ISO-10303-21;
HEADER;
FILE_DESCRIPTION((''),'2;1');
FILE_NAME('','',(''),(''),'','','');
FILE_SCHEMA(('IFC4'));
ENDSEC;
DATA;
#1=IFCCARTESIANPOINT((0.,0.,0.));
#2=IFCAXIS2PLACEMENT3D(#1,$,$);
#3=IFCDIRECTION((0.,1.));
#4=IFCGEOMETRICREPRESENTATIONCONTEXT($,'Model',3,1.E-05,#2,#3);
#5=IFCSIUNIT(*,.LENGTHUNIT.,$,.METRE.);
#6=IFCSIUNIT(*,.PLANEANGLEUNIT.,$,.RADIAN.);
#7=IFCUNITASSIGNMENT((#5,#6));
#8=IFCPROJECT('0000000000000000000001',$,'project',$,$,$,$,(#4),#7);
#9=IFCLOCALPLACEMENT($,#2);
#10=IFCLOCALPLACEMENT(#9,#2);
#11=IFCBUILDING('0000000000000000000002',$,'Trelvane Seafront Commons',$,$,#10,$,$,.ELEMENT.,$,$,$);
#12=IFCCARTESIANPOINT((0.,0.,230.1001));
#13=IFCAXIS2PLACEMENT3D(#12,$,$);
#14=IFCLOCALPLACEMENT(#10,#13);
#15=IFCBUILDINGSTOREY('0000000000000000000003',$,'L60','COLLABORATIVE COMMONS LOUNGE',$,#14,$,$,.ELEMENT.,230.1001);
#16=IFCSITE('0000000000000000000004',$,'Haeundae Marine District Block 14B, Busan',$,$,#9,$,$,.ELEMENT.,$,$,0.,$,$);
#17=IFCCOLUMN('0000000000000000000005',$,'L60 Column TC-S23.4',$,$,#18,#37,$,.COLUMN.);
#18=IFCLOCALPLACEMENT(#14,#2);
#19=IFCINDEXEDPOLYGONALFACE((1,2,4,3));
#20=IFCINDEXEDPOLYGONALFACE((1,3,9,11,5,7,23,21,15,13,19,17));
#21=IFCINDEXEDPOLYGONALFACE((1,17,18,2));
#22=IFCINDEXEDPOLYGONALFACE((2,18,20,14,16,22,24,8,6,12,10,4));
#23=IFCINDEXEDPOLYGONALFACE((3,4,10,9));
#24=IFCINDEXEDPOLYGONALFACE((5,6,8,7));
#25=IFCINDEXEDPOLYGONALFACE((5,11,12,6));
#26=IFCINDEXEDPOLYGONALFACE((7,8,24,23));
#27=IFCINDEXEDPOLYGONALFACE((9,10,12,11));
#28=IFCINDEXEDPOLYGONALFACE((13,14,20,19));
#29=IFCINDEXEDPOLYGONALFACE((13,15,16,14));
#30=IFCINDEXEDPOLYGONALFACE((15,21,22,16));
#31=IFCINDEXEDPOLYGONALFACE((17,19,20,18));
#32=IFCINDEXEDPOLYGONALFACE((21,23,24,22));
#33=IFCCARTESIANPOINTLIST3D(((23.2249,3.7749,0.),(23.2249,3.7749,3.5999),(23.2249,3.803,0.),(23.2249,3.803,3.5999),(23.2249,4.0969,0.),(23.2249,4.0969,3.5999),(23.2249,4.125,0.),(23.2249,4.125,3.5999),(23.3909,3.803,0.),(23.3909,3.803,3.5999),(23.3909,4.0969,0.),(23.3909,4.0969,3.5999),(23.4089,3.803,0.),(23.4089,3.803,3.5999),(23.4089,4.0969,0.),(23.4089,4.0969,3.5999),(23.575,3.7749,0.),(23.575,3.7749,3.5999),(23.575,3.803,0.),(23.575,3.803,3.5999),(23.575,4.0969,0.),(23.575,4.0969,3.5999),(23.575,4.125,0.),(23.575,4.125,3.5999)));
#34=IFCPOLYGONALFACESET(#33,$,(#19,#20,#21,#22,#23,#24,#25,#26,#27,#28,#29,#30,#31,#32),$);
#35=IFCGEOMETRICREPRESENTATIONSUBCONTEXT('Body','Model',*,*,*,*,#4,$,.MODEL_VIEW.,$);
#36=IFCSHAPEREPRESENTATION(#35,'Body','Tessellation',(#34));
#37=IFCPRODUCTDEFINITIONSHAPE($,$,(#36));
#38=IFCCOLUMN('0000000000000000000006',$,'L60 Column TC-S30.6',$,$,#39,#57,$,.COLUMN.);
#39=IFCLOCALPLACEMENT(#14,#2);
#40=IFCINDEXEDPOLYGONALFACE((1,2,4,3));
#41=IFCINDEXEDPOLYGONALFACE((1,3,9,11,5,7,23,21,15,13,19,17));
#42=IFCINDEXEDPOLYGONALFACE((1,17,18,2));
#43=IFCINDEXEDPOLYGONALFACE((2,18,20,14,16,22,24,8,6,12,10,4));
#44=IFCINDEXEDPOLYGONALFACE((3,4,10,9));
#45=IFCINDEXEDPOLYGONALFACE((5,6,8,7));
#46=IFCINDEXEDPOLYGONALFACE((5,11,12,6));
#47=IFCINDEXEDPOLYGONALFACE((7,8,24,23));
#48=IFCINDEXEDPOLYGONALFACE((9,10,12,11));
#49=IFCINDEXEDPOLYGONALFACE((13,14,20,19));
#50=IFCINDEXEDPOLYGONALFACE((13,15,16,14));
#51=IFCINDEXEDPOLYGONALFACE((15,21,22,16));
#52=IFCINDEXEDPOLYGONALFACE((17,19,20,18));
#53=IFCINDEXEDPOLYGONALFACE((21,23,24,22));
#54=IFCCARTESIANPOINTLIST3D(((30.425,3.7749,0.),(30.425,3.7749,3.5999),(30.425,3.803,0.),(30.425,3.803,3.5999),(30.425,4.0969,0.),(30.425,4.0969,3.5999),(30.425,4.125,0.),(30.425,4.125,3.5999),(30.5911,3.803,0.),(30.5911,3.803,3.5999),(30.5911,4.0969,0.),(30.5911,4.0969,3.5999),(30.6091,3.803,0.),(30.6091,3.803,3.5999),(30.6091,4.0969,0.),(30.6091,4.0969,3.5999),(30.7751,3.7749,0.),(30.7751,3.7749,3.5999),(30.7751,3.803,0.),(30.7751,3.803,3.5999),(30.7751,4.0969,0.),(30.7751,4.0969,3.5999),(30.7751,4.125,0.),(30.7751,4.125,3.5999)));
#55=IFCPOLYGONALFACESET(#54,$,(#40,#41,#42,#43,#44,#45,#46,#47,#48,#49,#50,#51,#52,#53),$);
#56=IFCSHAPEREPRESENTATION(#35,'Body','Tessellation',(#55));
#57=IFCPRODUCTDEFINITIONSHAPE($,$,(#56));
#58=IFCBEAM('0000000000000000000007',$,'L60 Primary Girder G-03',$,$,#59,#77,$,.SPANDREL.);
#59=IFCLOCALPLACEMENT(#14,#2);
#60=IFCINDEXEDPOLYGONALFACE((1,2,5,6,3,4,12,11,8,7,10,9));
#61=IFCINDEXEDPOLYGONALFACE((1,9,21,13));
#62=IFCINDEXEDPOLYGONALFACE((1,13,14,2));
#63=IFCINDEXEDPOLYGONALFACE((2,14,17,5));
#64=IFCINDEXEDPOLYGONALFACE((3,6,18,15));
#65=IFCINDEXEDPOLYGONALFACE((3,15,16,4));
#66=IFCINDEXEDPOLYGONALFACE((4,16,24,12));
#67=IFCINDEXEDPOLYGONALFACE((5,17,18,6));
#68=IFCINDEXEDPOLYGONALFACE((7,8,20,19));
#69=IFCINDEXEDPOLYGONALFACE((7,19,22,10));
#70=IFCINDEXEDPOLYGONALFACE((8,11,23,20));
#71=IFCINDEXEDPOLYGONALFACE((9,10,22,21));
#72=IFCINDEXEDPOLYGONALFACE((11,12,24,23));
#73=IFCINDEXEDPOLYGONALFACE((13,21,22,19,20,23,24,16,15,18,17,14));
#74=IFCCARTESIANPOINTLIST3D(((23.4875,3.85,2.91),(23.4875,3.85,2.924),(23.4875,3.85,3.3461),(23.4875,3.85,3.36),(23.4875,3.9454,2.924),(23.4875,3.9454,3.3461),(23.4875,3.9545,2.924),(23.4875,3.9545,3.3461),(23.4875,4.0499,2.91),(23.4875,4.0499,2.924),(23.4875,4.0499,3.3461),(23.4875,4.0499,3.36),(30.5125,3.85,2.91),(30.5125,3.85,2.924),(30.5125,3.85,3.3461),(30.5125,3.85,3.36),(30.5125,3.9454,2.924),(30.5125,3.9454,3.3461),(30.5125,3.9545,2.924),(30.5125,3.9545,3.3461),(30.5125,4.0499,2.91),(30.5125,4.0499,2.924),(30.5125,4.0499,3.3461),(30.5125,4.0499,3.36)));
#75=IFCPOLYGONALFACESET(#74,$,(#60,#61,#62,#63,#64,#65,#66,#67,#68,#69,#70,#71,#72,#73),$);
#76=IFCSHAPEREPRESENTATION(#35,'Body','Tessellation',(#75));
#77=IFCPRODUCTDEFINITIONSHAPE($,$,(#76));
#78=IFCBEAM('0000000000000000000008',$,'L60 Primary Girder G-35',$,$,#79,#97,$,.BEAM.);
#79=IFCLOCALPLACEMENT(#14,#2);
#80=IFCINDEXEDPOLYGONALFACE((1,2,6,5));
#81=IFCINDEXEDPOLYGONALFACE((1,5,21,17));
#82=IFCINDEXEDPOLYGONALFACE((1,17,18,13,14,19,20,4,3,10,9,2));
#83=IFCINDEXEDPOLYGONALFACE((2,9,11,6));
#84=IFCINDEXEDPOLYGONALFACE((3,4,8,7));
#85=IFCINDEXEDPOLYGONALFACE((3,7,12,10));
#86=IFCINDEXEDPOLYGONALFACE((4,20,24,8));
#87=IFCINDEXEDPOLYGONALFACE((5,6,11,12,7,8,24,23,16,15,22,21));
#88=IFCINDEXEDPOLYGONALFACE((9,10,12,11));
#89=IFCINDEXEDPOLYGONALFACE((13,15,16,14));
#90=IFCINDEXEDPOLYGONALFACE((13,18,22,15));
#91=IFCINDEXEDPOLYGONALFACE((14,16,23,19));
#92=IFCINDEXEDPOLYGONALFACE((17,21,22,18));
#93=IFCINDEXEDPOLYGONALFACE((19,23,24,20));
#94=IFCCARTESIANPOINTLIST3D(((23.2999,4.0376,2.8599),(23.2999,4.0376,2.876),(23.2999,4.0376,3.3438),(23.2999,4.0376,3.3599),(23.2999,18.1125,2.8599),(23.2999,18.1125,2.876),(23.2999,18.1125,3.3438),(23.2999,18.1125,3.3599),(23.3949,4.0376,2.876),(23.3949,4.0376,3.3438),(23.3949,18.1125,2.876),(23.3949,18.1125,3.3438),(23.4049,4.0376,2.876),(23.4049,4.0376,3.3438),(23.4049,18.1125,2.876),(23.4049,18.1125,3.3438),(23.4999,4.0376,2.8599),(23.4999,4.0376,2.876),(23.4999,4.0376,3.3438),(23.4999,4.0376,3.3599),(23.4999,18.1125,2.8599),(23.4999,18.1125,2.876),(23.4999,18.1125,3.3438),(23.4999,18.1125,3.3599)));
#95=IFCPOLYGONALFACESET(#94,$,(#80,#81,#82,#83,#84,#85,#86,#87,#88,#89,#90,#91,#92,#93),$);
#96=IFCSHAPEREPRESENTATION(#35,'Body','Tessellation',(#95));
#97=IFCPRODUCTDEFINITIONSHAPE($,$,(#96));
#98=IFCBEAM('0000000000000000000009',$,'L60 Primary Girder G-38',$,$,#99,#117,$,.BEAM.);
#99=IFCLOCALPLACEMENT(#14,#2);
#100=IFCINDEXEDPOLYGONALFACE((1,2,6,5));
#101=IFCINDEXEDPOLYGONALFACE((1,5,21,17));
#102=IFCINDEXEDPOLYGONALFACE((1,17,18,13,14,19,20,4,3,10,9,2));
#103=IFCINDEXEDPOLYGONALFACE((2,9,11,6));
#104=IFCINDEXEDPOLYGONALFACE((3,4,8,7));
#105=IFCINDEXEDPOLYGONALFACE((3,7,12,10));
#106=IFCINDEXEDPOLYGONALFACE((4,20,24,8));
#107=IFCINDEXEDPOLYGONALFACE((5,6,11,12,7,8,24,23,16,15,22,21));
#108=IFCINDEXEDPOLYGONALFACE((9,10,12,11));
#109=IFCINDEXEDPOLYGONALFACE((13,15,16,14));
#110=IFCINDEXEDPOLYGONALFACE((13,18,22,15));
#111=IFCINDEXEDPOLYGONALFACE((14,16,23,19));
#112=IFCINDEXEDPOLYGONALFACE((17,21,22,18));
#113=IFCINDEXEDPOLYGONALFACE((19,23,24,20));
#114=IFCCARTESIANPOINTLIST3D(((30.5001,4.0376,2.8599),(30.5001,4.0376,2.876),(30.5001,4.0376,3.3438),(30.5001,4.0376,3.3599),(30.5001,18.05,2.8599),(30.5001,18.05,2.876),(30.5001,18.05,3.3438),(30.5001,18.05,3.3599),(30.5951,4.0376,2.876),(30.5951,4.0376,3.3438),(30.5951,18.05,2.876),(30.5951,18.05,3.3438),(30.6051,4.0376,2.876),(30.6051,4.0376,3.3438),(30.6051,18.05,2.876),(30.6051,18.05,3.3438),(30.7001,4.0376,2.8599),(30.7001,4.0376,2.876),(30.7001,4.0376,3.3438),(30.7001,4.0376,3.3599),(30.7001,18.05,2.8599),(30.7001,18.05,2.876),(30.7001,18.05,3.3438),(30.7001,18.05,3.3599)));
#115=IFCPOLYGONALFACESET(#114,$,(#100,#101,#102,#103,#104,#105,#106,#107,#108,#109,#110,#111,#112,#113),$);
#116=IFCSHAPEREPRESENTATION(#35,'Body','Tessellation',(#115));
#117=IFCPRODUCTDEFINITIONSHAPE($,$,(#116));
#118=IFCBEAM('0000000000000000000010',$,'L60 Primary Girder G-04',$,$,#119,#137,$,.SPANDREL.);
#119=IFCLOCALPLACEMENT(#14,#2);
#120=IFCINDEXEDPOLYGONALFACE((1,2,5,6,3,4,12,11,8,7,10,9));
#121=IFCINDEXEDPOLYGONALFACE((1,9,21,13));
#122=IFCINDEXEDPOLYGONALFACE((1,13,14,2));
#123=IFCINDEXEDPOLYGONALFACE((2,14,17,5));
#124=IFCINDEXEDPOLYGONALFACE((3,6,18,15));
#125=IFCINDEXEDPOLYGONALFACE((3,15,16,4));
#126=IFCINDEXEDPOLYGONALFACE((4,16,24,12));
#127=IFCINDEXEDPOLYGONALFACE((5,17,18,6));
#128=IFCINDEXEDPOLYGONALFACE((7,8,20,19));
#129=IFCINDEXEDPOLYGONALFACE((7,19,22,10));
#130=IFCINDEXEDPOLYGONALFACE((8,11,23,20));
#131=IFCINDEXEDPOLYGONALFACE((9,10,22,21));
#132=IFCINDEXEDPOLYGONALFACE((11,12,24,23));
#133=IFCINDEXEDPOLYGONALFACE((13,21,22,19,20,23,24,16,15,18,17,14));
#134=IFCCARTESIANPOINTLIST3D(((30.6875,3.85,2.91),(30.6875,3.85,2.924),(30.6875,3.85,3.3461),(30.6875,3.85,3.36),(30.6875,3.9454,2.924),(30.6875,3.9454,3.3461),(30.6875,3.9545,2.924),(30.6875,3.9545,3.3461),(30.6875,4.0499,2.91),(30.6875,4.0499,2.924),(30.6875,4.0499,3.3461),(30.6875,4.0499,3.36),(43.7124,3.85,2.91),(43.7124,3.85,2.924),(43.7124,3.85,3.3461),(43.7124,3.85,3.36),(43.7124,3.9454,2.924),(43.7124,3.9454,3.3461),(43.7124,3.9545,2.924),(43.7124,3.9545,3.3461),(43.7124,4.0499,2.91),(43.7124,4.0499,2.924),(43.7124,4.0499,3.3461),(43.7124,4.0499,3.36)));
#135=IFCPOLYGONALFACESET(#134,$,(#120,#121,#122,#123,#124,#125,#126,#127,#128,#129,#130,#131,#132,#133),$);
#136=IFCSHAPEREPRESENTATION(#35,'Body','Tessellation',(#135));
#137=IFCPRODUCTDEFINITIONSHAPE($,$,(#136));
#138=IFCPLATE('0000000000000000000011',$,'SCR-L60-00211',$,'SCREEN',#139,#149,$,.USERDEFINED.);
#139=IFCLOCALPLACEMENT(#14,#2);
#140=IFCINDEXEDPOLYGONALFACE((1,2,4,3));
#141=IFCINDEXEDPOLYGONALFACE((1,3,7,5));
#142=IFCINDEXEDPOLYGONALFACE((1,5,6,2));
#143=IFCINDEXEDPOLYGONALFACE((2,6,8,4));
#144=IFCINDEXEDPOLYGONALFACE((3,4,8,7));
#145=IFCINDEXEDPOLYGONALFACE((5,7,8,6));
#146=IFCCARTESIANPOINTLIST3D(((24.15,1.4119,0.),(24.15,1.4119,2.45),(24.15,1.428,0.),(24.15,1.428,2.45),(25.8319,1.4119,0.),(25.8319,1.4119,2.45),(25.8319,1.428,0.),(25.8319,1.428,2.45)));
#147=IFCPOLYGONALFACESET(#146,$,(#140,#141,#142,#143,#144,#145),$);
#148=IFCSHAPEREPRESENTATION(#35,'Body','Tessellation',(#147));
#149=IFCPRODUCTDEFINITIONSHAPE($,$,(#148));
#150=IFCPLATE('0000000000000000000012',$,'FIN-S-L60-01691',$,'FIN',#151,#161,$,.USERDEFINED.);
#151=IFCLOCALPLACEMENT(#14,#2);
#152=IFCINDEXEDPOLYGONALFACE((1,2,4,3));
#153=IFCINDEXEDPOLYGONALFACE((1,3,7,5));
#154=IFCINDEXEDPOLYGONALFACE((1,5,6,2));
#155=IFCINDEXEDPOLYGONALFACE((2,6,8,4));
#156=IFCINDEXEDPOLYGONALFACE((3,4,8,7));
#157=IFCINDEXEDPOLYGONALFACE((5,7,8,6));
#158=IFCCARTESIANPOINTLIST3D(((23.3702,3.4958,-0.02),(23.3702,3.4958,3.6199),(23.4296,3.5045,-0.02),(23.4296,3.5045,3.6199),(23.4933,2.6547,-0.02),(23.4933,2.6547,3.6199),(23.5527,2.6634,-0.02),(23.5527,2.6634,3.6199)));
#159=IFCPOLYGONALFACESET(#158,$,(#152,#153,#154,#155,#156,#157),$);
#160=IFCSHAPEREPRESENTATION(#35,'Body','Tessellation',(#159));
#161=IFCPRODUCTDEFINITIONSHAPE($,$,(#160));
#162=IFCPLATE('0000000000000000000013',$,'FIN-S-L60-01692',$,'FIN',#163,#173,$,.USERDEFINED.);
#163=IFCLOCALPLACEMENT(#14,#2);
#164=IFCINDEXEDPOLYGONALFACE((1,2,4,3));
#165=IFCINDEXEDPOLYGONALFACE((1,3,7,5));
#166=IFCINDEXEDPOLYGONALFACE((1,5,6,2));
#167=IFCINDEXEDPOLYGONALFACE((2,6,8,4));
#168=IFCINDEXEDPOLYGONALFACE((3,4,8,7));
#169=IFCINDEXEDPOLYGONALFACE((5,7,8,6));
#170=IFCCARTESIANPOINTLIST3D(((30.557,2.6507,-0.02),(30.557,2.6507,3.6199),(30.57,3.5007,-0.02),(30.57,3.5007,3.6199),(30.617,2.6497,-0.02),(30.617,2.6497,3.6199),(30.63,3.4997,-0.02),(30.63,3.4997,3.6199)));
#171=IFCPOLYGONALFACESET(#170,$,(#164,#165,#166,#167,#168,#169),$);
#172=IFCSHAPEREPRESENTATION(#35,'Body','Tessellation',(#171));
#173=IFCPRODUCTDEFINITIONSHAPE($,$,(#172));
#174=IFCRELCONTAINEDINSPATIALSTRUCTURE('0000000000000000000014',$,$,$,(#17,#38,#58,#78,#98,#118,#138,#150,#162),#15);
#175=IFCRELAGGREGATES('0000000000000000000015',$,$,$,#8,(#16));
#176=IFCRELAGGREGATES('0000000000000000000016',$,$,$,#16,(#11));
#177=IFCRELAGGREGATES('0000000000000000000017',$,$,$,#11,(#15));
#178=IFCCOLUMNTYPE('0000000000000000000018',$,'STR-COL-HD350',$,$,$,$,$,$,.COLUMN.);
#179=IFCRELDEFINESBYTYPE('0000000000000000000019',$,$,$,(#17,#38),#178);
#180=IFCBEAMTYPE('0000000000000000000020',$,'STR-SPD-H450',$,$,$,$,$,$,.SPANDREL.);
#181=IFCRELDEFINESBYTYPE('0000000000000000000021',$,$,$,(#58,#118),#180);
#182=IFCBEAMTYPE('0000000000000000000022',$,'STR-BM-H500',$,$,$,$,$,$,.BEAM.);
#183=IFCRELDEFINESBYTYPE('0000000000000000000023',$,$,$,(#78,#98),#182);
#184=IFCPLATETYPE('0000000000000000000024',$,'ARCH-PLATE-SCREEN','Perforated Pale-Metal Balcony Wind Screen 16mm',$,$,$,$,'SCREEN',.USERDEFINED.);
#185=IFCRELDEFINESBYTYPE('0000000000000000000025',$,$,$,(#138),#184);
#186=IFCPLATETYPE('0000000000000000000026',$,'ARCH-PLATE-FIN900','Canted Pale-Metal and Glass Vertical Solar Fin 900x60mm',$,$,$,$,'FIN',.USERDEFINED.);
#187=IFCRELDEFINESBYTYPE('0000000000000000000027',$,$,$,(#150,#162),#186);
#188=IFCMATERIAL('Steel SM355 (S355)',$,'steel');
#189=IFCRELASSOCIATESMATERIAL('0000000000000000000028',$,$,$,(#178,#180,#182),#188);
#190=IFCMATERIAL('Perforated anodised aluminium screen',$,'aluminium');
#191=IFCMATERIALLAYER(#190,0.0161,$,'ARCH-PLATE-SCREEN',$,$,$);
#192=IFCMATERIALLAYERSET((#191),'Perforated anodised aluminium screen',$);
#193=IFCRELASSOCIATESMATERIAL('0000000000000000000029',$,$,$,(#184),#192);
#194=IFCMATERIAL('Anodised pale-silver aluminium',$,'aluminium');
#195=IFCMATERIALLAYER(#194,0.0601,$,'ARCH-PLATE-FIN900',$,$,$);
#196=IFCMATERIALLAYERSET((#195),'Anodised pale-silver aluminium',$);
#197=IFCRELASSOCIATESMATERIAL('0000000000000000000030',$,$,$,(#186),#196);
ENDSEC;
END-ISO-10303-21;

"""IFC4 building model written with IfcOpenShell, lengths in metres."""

from ifc_helpers import new_model, si_unit, direction, frame, origin, origin_2d, place, context, subcontext, project, spatial, rectangle, i_section, extrude, source, transform, mapped, material, layer, layer_set, material_profile, profile_set, type_object, element, save


model = new_model("IFC4")

# Units and contexts
model_context = context("Model", 3, precision=1e-05, world=origin(), true_north=direction((0.0, 1.0)))
body_context = subcontext(model_context, "Body", "Model", "MODEL_VIEW")
ifc_project = project(units=[si_unit("LENGTHUNIT", "METRE"), si_unit("PLANEANGLEUNIT", "RADIAN")], contexts=[model_context])

# Site, building, storey
site_placement = place(None, origin())
site = spatial("IfcSite", under=ifc_project, at=site_placement, Name="Haeundae Marine District Block 14B, Busan", CompositionType="ELEMENT", RefElevation=0.0)
building_placement = place(site_placement, origin())
building = spatial("IfcBuilding", under=site, at=building_placement, Name="Trelvane Seafront Commons", CompositionType="ELEMENT")
storey_placement = place(building_placement, frame((0.0, 0.0, 230.1001)))
storey = spatial("IfcBuildingStorey", under=building, at=storey_placement, Name="L60", Description="COLLABORATIVE COMMONS LOUNGE", CompositionType="ELEMENT", Elevation=230.1001)

# Columns
ifc_material_1 = material(Name="Steel SM355 (S355)", Category="steel")
ifc_material_profile_1 = material_profile(ifc_material_1, i_section(OverallWidth=0.3501, OverallDepth=0.3501, WebThickness=0.0181, FlangeThickness=0.0281, at=origin_2d()), Name="HD-350x350x18x28")
ifc_profile_set_1 = profile_set([ifc_material_profile_1], Name="Steel SM355 (S355)")
column_type = type_object("IfcColumnType", Name="STR-COL-HD350", PredefinedType="COLUMN", material=ifc_profile_set_1)
shared_shape_1 = source(origin(), body_context, "Body", "SweptSolid", [
    extrude(i_section(OverallWidth=0.3501, OverallDepth=0.3501, WebThickness=0.0181, FlangeThickness=0.0281, at=origin_2d()), origin(), (0.0, 0.0, 1.0), 3.5999),
])
for number, where, z_axis, x_axis, name in (
    (1, (23.3999, 3.95, 0.0), (0.0, 0.0, 1.0), (1.0, 0.0, 0.0), "L60 Column TC-S23.4"),
    (2, (30.6001, 3.95, 0.0), (0.0, 0.0, 1.0), (1.0, 0.0, 0.0), "L60 Column TC-S30.6"),
):
    element("IfcColumn", number, at=place(storey_placement, frame(where, z_axis=z_axis, x_axis=x_axis)), inside=storey, type_object=column_type, Name=name, PredefinedType="COLUMN", context=body_context, shape_type="MappedRepresentation", body=[
        mapped(shared_shape_1, transform((0.0, 0.0, 0.0), x_axis=(1.0, 0.0, 0.0), y_axis=(0.0, 1.0, 0.0), z_axis=(0.0, 0.0, 1.0), scale=1.0)),
    ])

# Beams
ifc_material_profile_2 = material_profile(ifc_material_1, i_section(OverallWidth=0.2, OverallDepth=0.45, WebThickness=0.009, FlangeThickness=0.0139, at=origin_2d()), Name="H-450x200x9x14")
ifc_profile_set_2 = profile_set([ifc_material_profile_2], Name="Steel SM355 (S355)")
beam_type_1 = type_object("IfcBeamType", Name="STR-SPD-H450", PredefinedType="SPANDREL", material=ifc_profile_set_2)
shared_shape_2 = source(origin(), body_context, "Body", "SweptSolid", [
    extrude(i_section(OverallWidth=0.2, OverallDepth=0.45, WebThickness=0.009, FlangeThickness=0.0139, at=origin_2d()), origin(), (0.0, 0.0, 1.0), 7.0249),
])
beam_1_placement = place(storey_placement, frame((23.4875, 3.95, 3.135), z_axis=(1.0, 0.0, 0.0), x_axis=(0.0, 1.0, 0.0)))
element("IfcBeam", 3, at=beam_1_placement, inside=storey, type_object=beam_type_1, Name="L60 Primary Girder G-03", PredefinedType="SPANDREL", context=body_context, shape_type="MappedRepresentation", body=[
    mapped(shared_shape_2, transform((0.0, 0.0, 0.0), x_axis=(1.0, 0.0, 0.0), y_axis=(0.0, 1.0, 0.0), z_axis=(0.0, 0.0, 1.0), scale=1.0)),
])
ifc_material_profile_3 = material_profile(ifc_material_1, i_section(OverallWidth=0.2, OverallDepth=0.5, WebThickness=0.01, FlangeThickness=0.0161, at=origin_2d()), Name="H-500x200x10x16")
ifc_profile_set_3 = profile_set([ifc_material_profile_3], Name="Steel SM355 (S355)")
beam_type_2 = type_object("IfcBeamType", Name="STR-BM-H500", PredefinedType="BEAM", material=ifc_profile_set_3)
shared_shape_3 = source(origin(), body_context, "Body", "SweptSolid", [
    extrude(i_section(OverallWidth=0.2, OverallDepth=0.5, WebThickness=0.01, FlangeThickness=0.0161, at=origin_2d()), origin(), (0.0, 0.0, 1.0), 14.075),
])
beam_2_placement = place(storey_placement, frame((23.3999, 4.0376, 3.1099), z_axis=(0.0, 1.0, 0.0), x_axis=(-1.0, 0.0, 0.0)))
element("IfcBeam", 4, at=beam_2_placement, inside=storey, type_object=beam_type_2, Name="L60 Primary Girder G-35", PredefinedType="BEAM", context=body_context, shape_type="MappedRepresentation", body=[
    mapped(shared_shape_3, transform((0.0, 0.0, 0.0), x_axis=(1.0, 0.0, 0.0), y_axis=(0.0, 1.0, 0.0), z_axis=(0.0, 0.0, 1.0), scale=1.0)),
])
shared_shape_4 = source(origin(), body_context, "Body", "SweptSolid", [
    extrude(i_section(OverallWidth=0.2, OverallDepth=0.5, WebThickness=0.01, FlangeThickness=0.0161, at=origin_2d()), origin(), (0.0, 0.0, 1.0), 14.0125),
])
beam_3_placement = place(storey_placement, frame((30.6001, 4.0376, 3.1099), z_axis=(0.0, 1.0, 0.0), x_axis=(-1.0, 0.0, 0.0)))
element("IfcBeam", 5, at=beam_3_placement, inside=storey, type_object=beam_type_2, Name="L60 Primary Girder G-38", PredefinedType="BEAM", context=body_context, shape_type="MappedRepresentation", body=[
    mapped(shared_shape_4, transform((0.0, 0.0, 0.0), x_axis=(1.0, 0.0, 0.0), y_axis=(0.0, 1.0, 0.0), z_axis=(0.0, 0.0, 1.0), scale=1.0)),
])
shared_shape_5 = source(origin(), body_context, "Body", "SweptSolid", [
    extrude(i_section(OverallWidth=0.2, OverallDepth=0.45, WebThickness=0.009, FlangeThickness=0.0139, at=origin_2d()), origin(), (0.0, 0.0, 1.0), 13.0249),
])
beam_4_placement = place(storey_placement, frame((30.6875, 3.95, 3.135), z_axis=(1.0, 0.0, 0.0), x_axis=(0.0, 1.0, 0.0)))
element("IfcBeam", 6, at=beam_4_placement, inside=storey, type_object=beam_type_1, Name="L60 Primary Girder G-04", PredefinedType="SPANDREL", context=body_context, shape_type="MappedRepresentation", body=[
    mapped(shared_shape_5, transform((0.0, 0.0, 0.0), x_axis=(1.0, 0.0, 0.0), y_axis=(0.0, 1.0, 0.0), z_axis=(0.0, 0.0, 1.0), scale=1.0)),
])

# Plates
ifc_material_2 = material(Name="Perforated anodised aluminium screen", Category="aluminium")
ifc_layer_1 = layer(ifc_material_2, 0.0161, Name="ARCH-PLATE-SCREEN")
ifc_layer_set_1 = layer_set([ifc_layer_1], Name="Perforated anodised aluminium screen")
plate_type_1 = type_object("IfcPlateType", Name="ARCH-PLATE-SCREEN", Description="Perforated Pale-Metal Balcony Wind Screen 16mm", ElementType="SCREEN", PredefinedType="USERDEFINED", material=ifc_layer_set_1)
shared_shape_6 = source(origin(), body_context, "Body", "SweptSolid", [
    extrude(rectangle(XDim=1.6819, YDim=0.0161, at=origin_2d()), origin(), (0.0, 0.0, 1.0), 2.45),
])
plate_1_placement = place(storey_placement, frame((24.991, 1.4199, 0.0), z_axis=(0.0, 0.0, 1.0), x_axis=(1.0, 0.0, 0.0)))
element("IfcPlate", 7, at=plate_1_placement, inside=storey, type_object=plate_type_1, Name="SCR-L60-00211", ObjectType="SCREEN", PredefinedType="USERDEFINED", context=body_context, shape_type="MappedRepresentation", body=[
    mapped(shared_shape_6, transform((0.0, 0.0, 0.0), x_axis=(1.0, 0.0, 0.0), y_axis=(0.0, 1.0, 0.0), z_axis=(0.0, 0.0, 1.0), scale=1.0)),
])
ifc_material_3 = material(Name="Anodised pale-silver aluminium", Category="aluminium")
ifc_layer_2 = layer(ifc_material_3, 0.0601, Name="ARCH-PLATE-FIN900")
ifc_layer_set_2 = layer_set([ifc_layer_2], Name="Anodised pale-silver aluminium")
plate_type_2 = type_object("IfcPlateType", Name="ARCH-PLATE-FIN900", Description="Canted Pale-Metal and Glass Vertical Solar Fin 900x60mm", ElementType="FIN", PredefinedType="USERDEFINED", material=ifc_layer_set_2)
shared_shape_7 = source(origin(), body_context, "Body", "SweptSolid", [
    extrude(rectangle(XDim=0.8501, YDim=0.0601, at=origin_2d()), origin(), (0.0, 0.0, 1.0), 3.6399),
])
for number, where, z_axis, x_axis, name in (
    (8, (23.4614, 3.0796, -0.02), (0.0, 0.0, 1.0), (0.144829, -0.989457, 0.0), "FIN-S-L60-01691"),
    (9, (30.5935, 3.0752, -0.02), (0.0, 0.0, 1.0), (-0.015294, -0.999883, 0.0), "FIN-S-L60-01692"),
):
    element("IfcPlate", number, at=place(storey_placement, frame(where, z_axis=z_axis, x_axis=x_axis)), inside=storey, type_object=plate_type_2, Name=name, ObjectType="FIN", PredefinedType="USERDEFINED", context=body_context, shape_type="MappedRepresentation", body=[
        mapped(shared_shape_7, transform((0.0, 0.0, 0.0), x_axis=(1.0, 0.0, 0.0), y_axis=(0.0, 1.0, 0.0), z_axis=(0.0, 0.0, 1.0), scale=1.0)),
    ])

save(model, "model.ifc")
